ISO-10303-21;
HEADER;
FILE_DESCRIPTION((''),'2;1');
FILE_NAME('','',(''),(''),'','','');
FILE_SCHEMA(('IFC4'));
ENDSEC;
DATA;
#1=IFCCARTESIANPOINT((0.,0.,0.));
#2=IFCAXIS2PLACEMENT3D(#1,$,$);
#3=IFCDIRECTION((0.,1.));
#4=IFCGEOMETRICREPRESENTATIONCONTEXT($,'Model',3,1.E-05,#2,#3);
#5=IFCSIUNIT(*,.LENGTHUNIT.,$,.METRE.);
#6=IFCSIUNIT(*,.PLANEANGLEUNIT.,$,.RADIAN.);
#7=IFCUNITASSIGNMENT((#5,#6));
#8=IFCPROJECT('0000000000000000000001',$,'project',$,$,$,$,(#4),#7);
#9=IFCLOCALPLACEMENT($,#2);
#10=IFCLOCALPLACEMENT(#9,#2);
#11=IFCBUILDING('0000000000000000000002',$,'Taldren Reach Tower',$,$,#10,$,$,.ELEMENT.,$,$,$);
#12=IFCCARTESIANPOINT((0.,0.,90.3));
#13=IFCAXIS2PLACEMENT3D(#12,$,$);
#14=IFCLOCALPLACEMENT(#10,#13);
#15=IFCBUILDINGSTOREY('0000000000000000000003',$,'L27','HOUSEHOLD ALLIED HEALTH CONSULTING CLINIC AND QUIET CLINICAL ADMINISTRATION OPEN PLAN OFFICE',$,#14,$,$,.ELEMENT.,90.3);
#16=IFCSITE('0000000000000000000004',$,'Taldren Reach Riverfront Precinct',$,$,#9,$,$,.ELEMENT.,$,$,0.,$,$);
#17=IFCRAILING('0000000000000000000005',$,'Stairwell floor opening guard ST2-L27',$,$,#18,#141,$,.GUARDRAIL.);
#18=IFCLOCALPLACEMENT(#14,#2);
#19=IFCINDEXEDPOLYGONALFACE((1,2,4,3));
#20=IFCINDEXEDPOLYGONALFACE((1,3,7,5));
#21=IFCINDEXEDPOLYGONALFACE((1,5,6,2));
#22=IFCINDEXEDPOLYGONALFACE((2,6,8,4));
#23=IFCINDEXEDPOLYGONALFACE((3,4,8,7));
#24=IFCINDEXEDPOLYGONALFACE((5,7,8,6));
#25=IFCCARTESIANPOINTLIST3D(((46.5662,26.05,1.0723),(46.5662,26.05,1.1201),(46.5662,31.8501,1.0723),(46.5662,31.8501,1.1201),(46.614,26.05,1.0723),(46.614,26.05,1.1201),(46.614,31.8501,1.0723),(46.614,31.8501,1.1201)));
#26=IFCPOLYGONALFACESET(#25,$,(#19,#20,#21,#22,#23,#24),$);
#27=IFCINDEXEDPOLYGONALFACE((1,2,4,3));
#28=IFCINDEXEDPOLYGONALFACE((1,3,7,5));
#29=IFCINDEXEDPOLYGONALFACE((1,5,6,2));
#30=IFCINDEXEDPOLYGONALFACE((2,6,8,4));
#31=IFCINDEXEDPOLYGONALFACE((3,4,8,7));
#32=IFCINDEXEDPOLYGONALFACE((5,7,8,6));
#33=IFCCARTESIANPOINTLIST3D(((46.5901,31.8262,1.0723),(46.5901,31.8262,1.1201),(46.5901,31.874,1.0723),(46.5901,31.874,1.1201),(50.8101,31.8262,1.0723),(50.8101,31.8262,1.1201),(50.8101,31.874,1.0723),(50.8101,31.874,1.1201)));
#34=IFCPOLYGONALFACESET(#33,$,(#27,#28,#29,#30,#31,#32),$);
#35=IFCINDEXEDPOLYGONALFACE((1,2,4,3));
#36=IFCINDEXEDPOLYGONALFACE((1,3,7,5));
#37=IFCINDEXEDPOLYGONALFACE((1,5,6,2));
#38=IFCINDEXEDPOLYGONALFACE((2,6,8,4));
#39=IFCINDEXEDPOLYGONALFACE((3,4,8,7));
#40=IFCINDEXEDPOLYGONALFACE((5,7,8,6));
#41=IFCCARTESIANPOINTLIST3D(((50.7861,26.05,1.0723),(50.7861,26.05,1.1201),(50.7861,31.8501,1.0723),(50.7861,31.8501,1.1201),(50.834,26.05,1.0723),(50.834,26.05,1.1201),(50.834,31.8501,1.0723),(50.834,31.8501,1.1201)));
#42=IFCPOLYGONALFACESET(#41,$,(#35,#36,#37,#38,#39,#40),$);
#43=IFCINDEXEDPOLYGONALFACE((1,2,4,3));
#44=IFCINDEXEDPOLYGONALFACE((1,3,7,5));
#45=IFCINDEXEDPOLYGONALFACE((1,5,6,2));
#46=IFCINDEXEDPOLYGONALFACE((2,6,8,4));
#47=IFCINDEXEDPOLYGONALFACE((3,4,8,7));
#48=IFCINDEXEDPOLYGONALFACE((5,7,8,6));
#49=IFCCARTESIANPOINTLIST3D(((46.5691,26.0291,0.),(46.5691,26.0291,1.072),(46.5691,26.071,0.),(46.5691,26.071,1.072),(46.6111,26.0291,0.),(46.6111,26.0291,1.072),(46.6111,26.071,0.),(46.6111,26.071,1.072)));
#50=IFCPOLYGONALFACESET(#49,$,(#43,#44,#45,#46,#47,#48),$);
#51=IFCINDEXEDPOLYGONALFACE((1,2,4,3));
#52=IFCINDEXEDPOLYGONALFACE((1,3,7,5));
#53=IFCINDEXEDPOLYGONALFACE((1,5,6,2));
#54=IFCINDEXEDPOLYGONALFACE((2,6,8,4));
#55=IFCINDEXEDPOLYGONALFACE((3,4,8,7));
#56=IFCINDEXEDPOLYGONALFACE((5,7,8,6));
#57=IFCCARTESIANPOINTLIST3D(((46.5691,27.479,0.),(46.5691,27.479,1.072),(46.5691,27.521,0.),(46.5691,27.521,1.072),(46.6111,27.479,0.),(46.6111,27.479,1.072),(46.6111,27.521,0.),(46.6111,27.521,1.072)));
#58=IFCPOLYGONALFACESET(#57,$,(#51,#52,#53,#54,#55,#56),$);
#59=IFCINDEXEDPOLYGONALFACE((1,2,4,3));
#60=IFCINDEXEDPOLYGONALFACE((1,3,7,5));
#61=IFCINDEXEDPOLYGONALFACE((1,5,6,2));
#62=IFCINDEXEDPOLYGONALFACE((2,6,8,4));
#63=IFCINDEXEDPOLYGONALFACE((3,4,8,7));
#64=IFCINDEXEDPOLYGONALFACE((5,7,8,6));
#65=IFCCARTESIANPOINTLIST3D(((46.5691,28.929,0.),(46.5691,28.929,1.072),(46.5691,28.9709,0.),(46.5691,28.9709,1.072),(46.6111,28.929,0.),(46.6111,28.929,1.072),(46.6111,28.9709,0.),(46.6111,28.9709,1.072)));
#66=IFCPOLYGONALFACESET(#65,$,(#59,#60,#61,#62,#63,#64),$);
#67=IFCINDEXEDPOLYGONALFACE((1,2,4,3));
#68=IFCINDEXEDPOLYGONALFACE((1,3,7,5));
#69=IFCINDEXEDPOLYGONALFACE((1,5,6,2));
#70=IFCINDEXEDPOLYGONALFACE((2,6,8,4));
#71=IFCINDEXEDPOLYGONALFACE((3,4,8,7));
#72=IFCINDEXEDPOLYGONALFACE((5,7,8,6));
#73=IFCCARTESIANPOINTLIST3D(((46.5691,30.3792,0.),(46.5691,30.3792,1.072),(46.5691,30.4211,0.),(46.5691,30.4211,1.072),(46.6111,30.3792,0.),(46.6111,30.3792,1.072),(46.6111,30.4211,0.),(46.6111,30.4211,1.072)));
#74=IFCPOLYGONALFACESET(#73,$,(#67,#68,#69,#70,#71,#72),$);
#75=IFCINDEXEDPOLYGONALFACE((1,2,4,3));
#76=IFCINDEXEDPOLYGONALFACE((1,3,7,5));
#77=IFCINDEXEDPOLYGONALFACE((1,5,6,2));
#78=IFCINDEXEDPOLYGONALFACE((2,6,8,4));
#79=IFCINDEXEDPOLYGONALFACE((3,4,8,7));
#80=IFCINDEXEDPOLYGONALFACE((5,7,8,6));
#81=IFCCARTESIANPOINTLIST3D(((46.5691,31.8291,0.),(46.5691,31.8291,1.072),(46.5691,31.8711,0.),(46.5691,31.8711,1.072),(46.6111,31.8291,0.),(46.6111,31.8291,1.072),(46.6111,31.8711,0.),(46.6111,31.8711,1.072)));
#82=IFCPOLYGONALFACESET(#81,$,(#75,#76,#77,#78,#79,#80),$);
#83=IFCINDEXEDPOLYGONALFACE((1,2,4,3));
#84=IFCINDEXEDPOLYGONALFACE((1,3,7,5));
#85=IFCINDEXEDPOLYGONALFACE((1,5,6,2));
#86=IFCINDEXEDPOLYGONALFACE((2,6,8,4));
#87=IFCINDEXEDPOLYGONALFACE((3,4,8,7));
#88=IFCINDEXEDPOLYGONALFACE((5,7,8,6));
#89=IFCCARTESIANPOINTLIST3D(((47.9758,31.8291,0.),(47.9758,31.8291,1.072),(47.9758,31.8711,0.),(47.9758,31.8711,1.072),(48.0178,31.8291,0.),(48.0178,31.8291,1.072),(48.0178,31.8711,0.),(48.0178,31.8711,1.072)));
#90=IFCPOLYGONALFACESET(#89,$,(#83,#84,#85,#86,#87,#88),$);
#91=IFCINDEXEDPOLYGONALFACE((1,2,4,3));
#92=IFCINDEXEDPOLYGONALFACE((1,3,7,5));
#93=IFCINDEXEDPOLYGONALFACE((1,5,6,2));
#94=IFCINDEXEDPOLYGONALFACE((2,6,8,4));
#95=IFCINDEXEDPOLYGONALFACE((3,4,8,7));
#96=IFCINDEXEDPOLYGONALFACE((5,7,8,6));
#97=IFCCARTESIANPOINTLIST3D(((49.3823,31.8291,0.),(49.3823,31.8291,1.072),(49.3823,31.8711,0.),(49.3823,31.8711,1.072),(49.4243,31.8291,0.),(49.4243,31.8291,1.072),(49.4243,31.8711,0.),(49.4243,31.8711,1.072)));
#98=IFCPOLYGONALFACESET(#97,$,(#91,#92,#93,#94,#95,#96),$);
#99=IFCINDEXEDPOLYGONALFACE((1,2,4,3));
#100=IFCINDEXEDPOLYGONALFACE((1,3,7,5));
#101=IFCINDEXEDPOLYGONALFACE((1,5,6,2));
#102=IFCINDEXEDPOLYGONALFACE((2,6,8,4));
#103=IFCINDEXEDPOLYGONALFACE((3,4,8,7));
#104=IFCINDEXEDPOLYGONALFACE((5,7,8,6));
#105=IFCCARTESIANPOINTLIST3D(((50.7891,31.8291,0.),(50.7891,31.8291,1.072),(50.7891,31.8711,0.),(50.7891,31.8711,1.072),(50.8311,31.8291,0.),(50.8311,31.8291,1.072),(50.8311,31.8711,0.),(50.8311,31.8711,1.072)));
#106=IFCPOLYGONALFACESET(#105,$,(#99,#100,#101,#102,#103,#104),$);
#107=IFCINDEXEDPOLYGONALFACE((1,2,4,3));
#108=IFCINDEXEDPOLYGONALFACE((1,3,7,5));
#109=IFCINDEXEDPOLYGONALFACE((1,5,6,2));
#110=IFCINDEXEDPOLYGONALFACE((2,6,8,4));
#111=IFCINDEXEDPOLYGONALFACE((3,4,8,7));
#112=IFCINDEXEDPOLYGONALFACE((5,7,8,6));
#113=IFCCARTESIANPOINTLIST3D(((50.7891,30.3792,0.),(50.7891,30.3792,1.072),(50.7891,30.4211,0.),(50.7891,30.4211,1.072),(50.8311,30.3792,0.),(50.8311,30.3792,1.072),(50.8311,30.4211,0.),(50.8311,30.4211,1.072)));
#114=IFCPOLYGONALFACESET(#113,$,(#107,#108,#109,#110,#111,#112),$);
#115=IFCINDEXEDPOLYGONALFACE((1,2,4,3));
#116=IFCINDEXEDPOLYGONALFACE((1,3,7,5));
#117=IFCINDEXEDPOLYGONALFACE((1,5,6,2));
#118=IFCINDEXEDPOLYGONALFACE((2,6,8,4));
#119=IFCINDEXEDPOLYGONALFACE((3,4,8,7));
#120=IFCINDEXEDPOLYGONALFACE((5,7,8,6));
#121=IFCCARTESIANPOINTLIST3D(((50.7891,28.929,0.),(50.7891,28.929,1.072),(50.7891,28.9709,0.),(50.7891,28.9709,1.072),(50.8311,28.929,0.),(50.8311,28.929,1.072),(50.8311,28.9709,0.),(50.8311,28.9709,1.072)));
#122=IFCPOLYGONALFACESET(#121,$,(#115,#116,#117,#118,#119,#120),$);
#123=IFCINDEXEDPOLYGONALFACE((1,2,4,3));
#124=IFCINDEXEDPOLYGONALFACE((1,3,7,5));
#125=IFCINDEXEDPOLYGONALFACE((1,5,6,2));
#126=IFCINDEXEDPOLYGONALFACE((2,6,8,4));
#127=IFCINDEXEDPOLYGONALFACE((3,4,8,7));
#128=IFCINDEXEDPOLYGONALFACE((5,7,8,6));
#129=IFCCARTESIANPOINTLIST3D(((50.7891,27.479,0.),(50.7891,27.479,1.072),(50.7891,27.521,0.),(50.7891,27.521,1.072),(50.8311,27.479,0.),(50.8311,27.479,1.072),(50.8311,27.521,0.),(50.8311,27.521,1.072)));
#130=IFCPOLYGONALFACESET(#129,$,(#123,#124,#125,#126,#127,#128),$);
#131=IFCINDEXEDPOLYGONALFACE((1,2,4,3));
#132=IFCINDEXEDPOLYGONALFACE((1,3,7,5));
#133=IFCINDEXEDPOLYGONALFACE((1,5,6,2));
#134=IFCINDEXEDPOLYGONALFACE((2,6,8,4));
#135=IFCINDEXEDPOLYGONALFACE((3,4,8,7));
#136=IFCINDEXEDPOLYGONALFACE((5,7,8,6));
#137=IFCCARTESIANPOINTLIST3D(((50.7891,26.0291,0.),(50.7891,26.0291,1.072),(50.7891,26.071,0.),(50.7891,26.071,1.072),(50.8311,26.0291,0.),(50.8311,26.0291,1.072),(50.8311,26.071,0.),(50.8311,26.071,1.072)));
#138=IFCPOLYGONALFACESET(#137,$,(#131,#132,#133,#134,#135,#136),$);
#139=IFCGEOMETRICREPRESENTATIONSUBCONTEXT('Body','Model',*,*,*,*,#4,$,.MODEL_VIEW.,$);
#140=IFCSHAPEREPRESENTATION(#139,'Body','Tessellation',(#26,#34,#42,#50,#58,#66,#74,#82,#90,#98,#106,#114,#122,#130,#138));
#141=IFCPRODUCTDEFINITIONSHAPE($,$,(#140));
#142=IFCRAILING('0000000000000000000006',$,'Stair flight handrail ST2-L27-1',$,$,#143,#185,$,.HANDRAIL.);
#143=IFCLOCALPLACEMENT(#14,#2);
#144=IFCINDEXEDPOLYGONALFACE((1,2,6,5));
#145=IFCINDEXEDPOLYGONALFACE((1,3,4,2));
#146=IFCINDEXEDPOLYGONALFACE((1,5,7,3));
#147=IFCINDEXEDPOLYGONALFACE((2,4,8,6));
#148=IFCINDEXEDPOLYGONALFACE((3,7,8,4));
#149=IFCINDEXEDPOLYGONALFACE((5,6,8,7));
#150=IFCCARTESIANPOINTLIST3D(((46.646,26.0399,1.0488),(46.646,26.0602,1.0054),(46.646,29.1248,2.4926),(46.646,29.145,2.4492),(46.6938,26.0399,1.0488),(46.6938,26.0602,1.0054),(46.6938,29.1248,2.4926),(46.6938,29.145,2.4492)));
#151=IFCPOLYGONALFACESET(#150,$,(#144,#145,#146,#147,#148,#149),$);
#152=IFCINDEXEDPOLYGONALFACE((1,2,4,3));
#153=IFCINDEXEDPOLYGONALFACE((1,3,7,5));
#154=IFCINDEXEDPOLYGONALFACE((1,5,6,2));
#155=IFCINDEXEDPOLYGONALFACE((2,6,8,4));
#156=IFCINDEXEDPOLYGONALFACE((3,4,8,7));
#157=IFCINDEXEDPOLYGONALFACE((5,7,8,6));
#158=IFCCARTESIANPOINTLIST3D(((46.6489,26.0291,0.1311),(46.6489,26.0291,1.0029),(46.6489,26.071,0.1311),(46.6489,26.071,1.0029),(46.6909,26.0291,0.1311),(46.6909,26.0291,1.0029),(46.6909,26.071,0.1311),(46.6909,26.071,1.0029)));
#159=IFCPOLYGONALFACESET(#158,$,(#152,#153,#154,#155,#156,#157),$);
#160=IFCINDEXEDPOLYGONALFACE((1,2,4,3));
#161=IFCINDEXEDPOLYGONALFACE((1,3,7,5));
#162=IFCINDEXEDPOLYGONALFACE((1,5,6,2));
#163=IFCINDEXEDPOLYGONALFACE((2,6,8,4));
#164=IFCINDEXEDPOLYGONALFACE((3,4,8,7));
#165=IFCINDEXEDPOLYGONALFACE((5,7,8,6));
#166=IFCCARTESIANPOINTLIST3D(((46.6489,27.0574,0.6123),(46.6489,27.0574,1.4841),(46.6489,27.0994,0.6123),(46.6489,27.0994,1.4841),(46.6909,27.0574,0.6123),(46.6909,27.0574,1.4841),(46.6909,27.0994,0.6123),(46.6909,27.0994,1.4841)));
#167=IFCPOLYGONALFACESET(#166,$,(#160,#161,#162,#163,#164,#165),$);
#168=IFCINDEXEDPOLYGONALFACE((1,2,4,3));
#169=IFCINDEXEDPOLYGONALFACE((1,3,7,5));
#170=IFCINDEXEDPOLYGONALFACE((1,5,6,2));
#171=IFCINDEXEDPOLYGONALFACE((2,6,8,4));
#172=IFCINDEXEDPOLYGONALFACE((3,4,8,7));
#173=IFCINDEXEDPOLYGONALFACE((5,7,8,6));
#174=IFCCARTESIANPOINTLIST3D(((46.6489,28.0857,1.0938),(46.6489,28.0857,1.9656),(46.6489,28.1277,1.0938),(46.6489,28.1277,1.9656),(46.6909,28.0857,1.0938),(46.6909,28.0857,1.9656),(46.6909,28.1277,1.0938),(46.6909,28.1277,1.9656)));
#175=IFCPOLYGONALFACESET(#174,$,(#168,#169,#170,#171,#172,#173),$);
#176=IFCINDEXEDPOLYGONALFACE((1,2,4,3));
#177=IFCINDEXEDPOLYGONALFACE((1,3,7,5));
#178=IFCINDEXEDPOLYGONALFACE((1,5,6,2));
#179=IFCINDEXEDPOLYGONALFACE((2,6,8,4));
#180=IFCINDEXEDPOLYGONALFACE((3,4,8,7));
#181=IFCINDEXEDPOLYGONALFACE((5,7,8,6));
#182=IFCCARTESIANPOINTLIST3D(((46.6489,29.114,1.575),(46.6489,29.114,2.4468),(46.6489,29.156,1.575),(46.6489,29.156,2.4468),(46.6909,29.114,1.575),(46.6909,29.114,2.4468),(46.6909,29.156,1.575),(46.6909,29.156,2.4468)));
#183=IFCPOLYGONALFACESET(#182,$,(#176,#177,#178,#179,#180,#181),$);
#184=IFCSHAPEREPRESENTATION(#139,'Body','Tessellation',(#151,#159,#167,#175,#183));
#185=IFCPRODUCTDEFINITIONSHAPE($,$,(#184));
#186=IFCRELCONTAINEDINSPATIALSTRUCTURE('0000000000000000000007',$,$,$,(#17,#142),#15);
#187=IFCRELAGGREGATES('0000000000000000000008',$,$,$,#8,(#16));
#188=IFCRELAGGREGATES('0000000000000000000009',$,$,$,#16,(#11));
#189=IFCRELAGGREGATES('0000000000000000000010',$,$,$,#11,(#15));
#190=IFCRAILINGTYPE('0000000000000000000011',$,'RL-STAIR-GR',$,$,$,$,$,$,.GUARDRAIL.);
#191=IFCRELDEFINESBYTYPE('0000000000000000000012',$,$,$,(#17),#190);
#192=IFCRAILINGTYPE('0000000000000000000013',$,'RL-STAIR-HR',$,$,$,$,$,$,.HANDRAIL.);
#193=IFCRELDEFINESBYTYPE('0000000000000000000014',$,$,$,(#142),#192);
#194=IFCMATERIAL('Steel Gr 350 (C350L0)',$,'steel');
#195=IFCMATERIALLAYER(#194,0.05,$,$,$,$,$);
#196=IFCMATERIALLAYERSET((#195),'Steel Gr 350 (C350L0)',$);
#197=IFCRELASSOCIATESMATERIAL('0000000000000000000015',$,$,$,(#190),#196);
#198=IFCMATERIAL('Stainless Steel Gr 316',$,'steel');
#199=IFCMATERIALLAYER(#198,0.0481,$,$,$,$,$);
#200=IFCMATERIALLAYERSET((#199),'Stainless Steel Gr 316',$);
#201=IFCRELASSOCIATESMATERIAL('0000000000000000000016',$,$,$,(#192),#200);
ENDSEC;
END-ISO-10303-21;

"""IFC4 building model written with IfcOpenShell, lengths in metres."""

from ifc_helpers import new_model, si_unit, direction, frame, origin, origin_2d, place, context, subcontext, project, spatial, rectangle, extrude, material, layer, layer_set, type_object, element, save


model = new_model("IFC4")

# Units and contexts
model_context = context("Model", 3, precision=1e-05, world=origin(), true_north=direction((0.0, 1.0)))
body_context = subcontext(model_context, "Body", "Model", "MODEL_VIEW")
ifc_project = project(units=[si_unit("LENGTHUNIT", "METRE"), si_unit("PLANEANGLEUNIT", "RADIAN")], contexts=[model_context])

# Site, building, storey
site_placement = place(None, origin())
site = spatial("IfcSite", under=ifc_project, at=site_placement, Name="Taldren Reach Riverfront Precinct", CompositionType="ELEMENT", RefElevation=0.0)
building_placement = place(site_placement, origin())
building = spatial("IfcBuilding", under=site, at=building_placement, Name="Taldren Reach Tower", CompositionType="ELEMENT")
storey_placement = place(building_placement, frame((0.0, 0.0, 90.3)))
storey = spatial("IfcBuildingStorey", under=building, at=storey_placement, Name="L27", Description="HOUSEHOLD ALLIED HEALTH CONSULTING CLINIC AND QUIET CLINICAL ADMINISTRATION OPEN PLAN OFFICE", CompositionType="ELEMENT", Elevation=90.3)

# Shared definitions
ifc_material_1 = material(Name="Steel Gr 350 (C350L0)", Category="steel")

# Railings
ifc_layer_1 = layer(ifc_material_1, 0.05)
ifc_layer_set_1 = layer_set([ifc_layer_1], Name="Steel Gr 350 (C350L0)")
railing_type_1 = type_object("IfcRailingType", Name="RL-STAIR-GR", PredefinedType="GUARDRAIL", material=ifc_layer_set_1)
railing_1_placement = place(storey_placement, frame((46.5901, 26.05, 0.0)))
element("IfcRailing", 1, at=railing_1_placement, inside=storey, type_object=railing_type_1, Name="Stairwell floor opening guard ST2-L27", PredefinedType="GUARDRAIL", context=body_context, shape_type="SweptSolid", body=[
    extrude(rectangle(XDim=0.0479, YDim=0.0479, at=origin_2d()), frame((0.0, 0.0, 1.0962), z_axis=(0.0, 1.0, 0.0), x_axis=(-1.0, 0.0, 0.0)), (0.0, 0.0, 1.0), 5.8),
    extrude(rectangle(XDim=0.0479, YDim=0.0479, at=origin_2d()), frame((0.0, 5.8, 1.0962), z_axis=(1.0, 0.0, 0.0), x_axis=(0.0, 1.0, 0.0)), (0.0, 0.0, 1.0), 4.22),
    extrude(rectangle(XDim=0.0479, YDim=0.0479, at=origin_2d()), frame((4.22, 5.8, 1.0962), z_axis=(0.0, -1.0, 0.0), x_axis=(1.0, 0.0, 0.0)), (0.0, 0.0, 1.0), 5.8),
    extrude(rectangle(XDim=0.042, YDim=0.042, at=origin_2d()), origin(), (0.0, 0.0, 1.0), 1.072),
    extrude(rectangle(XDim=0.042, YDim=0.042, at=origin_2d()), frame((0.0, 1.45, 0.0)), (0.0, 0.0, 1.0), 1.072),
    extrude(rectangle(XDim=0.042, YDim=0.042, at=origin_2d()), frame((0.0, 2.8999, 0.0)), (0.0, 0.0, 1.0), 1.072),
    extrude(rectangle(XDim=0.042, YDim=0.042, at=origin_2d()), frame((0.0, 4.3501, 0.0)), (0.0, 0.0, 1.0), 1.072),
    extrude(rectangle(XDim=0.042, YDim=0.042, at=origin_2d()), frame((0.0, 5.8, 0.0)), (0.0, 0.0, 1.0), 1.072),
    extrude(rectangle(XDim=0.042, YDim=0.042, at=origin_2d()), frame((1.4067, 5.8, 0.0)), (0.0, 0.0, 1.0), 1.072),
    extrude(rectangle(XDim=0.042, YDim=0.042, at=origin_2d()), frame((2.8132, 5.8, 0.0)), (0.0, 0.0, 1.0), 1.072),
    extrude(rectangle(XDim=0.042, YDim=0.042, at=origin_2d()), frame((4.22, 5.8, 0.0)), (0.0, 0.0, 1.0), 1.072),
    extrude(rectangle(XDim=0.042, YDim=0.042, at=origin_2d()), frame((4.22, 4.3501, 0.0)), (0.0, 0.0, 1.0), 1.072),
    extrude(rectangle(XDim=0.042, YDim=0.042, at=origin_2d()), frame((4.22, 2.8999, 0.0)), (0.0, 0.0, 1.0), 1.072),
    extrude(rectangle(XDim=0.042, YDim=0.042, at=origin_2d()), frame((4.22, 1.45, 0.0)), (0.0, 0.0, 1.0), 1.072),
    extrude(rectangle(XDim=0.042, YDim=0.042, at=origin_2d()), frame((4.22, 0.0, 0.0)), (0.0, 0.0, 1.0), 1.072),
])
ifc_material_2 = material(Name="Stainless Steel Gr 316", Category="steel")
ifc_layer_2 = layer(ifc_material_2, 0.0481)
ifc_layer_set_2 = layer_set([ifc_layer_2], Name="Stainless Steel Gr 316")
railing_type_2 = type_object("IfcRailingType", Name="RL-STAIR-HR", PredefinedType="HANDRAIL", material=ifc_layer_set_2)
railing_2_placement = place(storey_placement, frame((46.6699, 26.05, 0.1311)))
element("IfcRailing", 2, at=railing_2_placement, inside=storey, type_object=railing_type_2, Name="Stair flight handrail ST2-L27-1", PredefinedType="HANDRAIL", context=body_context, shape_type="SweptSolid", body=[
    extrude(rectangle(XDim=0.0479, YDim=0.0479, at=origin_2d()), frame((0.0, 0.0, 0.896), z_axis=(0.0, 0.90571, 0.423898), x_axis=(-1.0, 0.0, 0.0)), (0.0, 0.0, 1.0), 3.406),
    extrude(rectangle(XDim=0.042, YDim=0.042, at=origin_2d()), origin(), (0.0, 0.0, 1.0), 0.8718),
    extrude(rectangle(XDim=0.042, YDim=0.042, at=origin_2d()), frame((0.0, 1.0283, 0.4812)), (0.0, 0.0, 1.0), 0.8718),
    extrude(rectangle(XDim=0.042, YDim=0.042, at=origin_2d()), frame((0.0, 2.0566, 0.9626)), (0.0, 0.0, 1.0), 0.8718),
    extrude(rectangle(XDim=0.042, YDim=0.042, at=origin_2d()), frame((0.0, 3.085, 1.4438)), (0.0, 0.0, 1.0), 0.8718),
])

save(model, "model.ifc")
